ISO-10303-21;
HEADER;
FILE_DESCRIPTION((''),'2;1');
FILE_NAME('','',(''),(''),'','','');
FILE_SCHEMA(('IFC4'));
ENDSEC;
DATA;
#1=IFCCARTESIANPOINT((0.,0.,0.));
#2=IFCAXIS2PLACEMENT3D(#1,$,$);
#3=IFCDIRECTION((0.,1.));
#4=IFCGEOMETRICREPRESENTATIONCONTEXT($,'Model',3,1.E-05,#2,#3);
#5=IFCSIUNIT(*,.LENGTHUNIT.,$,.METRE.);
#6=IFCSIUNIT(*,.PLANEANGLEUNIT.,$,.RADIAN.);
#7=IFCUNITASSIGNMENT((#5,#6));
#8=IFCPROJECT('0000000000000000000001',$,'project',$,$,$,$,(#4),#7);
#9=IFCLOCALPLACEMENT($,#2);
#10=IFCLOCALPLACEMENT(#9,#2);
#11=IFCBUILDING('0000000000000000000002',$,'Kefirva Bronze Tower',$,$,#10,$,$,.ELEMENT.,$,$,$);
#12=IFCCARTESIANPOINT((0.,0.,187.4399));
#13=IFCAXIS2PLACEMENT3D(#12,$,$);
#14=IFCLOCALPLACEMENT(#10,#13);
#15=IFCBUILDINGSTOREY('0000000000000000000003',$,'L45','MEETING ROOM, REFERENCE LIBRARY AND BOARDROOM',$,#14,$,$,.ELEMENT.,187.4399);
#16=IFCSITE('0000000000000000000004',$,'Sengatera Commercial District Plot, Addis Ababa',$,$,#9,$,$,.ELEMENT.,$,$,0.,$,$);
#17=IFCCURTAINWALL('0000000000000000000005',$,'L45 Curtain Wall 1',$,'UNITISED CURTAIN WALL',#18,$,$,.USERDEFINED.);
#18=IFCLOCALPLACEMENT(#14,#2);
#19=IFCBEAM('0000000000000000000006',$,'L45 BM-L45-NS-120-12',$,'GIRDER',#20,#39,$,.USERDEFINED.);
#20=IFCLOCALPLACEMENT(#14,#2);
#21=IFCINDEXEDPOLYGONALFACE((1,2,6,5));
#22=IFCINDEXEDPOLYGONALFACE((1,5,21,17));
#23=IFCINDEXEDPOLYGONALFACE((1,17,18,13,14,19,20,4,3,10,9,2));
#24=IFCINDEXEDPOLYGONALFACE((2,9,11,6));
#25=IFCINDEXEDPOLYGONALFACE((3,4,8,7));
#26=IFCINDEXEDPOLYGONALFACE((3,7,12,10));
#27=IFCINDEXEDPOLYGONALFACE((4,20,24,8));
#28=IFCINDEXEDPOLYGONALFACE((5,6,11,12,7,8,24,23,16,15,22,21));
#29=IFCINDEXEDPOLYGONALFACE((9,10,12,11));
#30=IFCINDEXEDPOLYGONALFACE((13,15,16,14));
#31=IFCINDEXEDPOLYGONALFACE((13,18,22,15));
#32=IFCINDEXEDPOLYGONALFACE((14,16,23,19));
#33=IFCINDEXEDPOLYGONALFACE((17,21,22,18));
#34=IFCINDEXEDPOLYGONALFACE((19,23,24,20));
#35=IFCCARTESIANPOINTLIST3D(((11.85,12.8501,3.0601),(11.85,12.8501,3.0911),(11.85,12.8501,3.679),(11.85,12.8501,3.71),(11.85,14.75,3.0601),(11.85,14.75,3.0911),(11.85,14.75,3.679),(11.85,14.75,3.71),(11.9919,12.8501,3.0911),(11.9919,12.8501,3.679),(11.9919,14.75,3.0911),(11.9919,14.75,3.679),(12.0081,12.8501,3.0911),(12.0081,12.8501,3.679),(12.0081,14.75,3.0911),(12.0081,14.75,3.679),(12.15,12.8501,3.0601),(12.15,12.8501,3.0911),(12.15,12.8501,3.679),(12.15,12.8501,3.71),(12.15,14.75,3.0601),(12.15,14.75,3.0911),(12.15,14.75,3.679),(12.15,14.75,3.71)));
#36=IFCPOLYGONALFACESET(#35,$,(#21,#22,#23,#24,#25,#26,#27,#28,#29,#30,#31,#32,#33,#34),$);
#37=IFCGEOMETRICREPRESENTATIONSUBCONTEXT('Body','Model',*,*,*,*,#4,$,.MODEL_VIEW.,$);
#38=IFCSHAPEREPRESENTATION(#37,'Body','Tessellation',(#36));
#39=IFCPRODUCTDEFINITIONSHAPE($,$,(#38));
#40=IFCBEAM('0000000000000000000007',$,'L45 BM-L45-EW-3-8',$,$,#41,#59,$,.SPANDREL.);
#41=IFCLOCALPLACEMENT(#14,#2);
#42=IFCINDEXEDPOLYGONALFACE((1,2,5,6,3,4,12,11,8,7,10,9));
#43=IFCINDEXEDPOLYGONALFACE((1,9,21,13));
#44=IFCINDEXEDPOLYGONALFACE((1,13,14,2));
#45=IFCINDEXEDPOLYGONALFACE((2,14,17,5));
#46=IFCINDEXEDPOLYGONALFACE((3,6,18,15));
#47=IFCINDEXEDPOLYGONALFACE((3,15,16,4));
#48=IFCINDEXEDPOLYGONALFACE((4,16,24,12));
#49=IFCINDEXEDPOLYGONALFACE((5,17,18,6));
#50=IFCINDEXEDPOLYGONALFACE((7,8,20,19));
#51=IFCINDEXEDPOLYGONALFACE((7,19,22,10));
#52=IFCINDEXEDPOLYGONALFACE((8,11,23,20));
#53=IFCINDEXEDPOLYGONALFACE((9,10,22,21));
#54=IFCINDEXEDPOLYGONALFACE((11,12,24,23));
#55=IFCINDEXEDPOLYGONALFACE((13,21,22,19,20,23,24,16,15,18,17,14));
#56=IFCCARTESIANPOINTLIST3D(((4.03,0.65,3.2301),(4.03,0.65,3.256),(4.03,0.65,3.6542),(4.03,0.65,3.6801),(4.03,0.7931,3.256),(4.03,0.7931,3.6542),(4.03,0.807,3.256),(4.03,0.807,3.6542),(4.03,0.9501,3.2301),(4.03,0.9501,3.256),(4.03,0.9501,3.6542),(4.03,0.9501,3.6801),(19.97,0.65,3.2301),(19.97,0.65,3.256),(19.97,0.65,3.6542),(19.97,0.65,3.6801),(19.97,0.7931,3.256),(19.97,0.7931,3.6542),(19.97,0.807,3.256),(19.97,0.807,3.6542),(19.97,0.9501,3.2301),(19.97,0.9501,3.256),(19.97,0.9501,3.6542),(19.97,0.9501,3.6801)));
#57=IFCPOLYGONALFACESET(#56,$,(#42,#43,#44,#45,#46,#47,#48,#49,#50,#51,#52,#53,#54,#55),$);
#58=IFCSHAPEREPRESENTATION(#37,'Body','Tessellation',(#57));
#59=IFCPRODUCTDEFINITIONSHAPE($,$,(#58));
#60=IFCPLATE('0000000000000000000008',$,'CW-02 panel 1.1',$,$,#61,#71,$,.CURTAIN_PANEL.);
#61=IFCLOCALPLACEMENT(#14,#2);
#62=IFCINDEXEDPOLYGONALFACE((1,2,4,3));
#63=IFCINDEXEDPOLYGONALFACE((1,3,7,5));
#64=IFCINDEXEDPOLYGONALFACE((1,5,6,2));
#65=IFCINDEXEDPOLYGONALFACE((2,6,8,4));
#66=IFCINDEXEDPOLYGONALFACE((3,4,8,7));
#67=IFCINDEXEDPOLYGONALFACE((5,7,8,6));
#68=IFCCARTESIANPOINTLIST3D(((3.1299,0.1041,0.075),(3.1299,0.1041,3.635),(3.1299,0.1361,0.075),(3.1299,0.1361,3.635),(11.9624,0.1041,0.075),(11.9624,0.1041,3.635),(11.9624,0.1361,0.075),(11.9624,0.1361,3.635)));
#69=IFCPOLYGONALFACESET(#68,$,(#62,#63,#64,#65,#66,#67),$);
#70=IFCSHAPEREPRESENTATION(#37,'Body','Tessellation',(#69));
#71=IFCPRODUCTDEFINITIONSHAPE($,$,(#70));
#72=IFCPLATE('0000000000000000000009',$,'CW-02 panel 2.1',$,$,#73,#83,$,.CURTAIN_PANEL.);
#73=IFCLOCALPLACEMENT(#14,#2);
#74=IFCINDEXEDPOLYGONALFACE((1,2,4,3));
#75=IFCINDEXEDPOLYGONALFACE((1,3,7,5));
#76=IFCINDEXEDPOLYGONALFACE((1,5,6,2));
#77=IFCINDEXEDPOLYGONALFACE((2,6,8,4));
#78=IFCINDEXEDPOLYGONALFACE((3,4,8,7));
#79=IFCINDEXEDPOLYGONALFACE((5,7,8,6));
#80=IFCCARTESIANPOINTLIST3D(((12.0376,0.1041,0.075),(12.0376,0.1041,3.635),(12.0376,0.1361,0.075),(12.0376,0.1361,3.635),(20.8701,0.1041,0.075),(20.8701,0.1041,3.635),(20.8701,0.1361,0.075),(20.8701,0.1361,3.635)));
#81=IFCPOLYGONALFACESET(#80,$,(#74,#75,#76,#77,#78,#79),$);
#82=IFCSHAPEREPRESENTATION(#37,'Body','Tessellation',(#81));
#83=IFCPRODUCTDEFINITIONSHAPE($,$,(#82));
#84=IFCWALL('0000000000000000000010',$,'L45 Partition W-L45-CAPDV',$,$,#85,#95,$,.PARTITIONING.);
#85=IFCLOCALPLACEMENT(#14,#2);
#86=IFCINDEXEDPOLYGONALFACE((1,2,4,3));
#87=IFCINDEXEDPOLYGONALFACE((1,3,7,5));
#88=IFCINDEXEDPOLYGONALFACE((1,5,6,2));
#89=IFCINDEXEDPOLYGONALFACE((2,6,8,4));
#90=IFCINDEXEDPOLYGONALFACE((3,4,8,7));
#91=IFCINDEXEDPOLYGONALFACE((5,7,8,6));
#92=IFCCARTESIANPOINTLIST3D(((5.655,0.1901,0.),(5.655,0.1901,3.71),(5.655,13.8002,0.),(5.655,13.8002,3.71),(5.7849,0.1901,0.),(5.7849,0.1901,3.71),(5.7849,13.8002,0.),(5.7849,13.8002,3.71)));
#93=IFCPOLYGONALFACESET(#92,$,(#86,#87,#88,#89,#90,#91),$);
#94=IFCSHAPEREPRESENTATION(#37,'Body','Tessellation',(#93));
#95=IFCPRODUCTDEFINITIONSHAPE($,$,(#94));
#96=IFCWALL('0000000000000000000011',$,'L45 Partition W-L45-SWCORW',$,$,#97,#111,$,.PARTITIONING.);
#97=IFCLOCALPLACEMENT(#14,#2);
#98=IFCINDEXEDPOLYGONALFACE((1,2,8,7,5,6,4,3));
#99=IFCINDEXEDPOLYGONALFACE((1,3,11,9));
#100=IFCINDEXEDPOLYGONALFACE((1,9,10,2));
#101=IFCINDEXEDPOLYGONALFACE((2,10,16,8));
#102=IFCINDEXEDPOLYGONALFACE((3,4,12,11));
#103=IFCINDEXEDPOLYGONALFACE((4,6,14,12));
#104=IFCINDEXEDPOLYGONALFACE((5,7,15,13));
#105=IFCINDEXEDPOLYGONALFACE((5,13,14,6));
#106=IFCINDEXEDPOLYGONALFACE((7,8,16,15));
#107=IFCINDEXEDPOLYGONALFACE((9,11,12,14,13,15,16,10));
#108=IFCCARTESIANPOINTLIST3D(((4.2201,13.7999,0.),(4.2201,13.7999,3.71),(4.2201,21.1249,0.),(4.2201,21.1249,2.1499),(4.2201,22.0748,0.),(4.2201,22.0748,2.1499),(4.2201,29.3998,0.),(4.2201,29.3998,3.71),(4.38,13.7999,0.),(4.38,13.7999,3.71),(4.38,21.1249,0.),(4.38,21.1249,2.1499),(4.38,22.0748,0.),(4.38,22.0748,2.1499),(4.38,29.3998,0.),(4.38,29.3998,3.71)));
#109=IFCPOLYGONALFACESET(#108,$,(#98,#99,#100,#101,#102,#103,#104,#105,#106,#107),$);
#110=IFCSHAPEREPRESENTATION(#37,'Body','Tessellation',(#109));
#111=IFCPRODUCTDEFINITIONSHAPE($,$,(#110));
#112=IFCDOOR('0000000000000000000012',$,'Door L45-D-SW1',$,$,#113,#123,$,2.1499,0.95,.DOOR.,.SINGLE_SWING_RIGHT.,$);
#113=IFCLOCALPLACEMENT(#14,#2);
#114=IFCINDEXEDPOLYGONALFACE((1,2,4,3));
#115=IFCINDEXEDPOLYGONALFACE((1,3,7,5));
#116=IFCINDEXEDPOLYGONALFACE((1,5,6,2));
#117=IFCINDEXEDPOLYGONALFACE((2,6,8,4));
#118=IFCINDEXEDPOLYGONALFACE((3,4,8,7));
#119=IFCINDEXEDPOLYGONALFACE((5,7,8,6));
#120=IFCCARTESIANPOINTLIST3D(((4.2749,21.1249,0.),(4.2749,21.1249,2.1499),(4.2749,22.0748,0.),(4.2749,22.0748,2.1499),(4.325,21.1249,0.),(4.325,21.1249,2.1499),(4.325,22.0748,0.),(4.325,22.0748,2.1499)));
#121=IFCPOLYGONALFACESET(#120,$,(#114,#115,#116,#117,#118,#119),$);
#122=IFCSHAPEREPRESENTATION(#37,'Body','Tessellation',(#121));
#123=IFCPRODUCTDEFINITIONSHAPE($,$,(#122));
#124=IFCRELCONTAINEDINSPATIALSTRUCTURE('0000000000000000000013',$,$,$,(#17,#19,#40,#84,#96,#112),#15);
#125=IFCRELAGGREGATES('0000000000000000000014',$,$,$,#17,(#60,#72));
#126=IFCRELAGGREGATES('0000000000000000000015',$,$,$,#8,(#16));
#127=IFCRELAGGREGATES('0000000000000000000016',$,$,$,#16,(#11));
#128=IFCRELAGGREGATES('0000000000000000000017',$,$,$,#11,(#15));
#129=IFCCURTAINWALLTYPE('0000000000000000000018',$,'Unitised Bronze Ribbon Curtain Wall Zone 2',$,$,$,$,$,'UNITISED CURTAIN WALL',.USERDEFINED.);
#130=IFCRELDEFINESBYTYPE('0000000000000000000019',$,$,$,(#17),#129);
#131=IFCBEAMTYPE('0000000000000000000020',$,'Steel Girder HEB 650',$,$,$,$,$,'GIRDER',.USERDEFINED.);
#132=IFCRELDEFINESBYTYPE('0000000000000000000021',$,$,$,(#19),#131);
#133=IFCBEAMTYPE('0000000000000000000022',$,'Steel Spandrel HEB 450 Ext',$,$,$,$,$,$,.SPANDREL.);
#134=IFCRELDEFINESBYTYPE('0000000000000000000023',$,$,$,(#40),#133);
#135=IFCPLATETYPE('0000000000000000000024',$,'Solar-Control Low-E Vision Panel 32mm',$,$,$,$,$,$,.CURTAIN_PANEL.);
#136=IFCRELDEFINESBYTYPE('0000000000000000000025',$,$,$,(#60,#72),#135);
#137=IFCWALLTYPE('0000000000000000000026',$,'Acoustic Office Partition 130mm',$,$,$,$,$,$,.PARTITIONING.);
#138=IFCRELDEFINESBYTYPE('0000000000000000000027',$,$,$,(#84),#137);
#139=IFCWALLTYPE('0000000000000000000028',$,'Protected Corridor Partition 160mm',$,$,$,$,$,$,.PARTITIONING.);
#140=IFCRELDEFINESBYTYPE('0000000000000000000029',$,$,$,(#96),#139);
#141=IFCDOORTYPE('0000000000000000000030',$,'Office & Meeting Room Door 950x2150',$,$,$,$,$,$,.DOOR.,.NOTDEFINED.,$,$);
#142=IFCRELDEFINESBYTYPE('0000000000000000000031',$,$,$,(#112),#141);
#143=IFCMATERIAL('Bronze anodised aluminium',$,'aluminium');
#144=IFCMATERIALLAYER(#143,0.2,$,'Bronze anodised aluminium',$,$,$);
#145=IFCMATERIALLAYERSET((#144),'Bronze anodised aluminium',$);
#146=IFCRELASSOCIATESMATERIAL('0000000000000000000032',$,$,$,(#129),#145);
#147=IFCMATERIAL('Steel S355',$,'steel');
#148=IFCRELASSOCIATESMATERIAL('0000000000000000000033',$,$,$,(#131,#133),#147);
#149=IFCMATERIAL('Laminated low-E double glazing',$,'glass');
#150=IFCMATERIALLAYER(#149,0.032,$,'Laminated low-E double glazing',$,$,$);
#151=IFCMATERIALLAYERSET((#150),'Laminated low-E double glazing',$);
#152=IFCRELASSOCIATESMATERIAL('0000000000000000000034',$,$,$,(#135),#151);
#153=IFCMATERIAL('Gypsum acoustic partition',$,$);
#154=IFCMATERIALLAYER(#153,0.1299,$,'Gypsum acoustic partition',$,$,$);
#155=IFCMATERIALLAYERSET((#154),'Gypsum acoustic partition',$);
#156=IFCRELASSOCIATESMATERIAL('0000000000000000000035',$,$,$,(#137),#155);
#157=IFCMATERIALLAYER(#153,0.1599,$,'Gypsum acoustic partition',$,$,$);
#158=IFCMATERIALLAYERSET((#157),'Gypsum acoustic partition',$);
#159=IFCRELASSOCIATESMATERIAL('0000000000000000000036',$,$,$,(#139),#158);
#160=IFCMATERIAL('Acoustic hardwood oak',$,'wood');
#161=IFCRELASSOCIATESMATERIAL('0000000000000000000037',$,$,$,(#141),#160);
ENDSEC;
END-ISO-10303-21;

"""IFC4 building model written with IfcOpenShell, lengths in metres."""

from ifc_helpers import new_model, si_unit, direction, frame, frame_2d, origin, origin_2d, place, context, subcontext, project, spatial, rectangle, i_section, extrude, material, layer, layer_set, material_profile, profile_set, type_object, element, fill, aggregate, save


model = new_model("IFC4")

# Units and contexts
model_context = context("Model", 3, precision=1e-05, world=origin(), true_north=direction((0.0, 1.0)))
body_context = subcontext(model_context, "Body", "Model", "MODEL_VIEW")
ifc_project = project(units=[si_unit("LENGTHUNIT", "METRE"), si_unit("PLANEANGLEUNIT", "RADIAN")], contexts=[model_context])

# Site, building, storey
site_placement = place(None, origin())
site = spatial("IfcSite", under=ifc_project, at=site_placement, Name="Sengatera Commercial District Plot, Addis Ababa", CompositionType="ELEMENT", RefElevation=0.0)
building_placement = place(site_placement, origin())
building = spatial("IfcBuilding", under=site, at=building_placement, Name="Kefirva Bronze Tower", CompositionType="ELEMENT")
storey_placement = place(building_placement, frame((0.0, 0.0, 187.4399)))
storey = spatial("IfcBuildingStorey", under=building, at=storey_placement, Name="L45", Description="MEETING ROOM, REFERENCE LIBRARY AND BOARDROOM", CompositionType="ELEMENT", Elevation=187.4399)

# Curtain wall
ifc_material_1 = material(Name="Bronze anodised aluminium", Category="aluminium")
ifc_layer_1 = layer(ifc_material_1, 0.2, Name="Bronze anodised aluminium")
ifc_layer_set_1 = layer_set([ifc_layer_1], Name="Bronze anodised aluminium")
curtain_wall_type = type_object("IfcCurtainWallType", Name="Unitised Bronze Ribbon Curtain Wall Zone 2", ElementType="UNITISED CURTAIN WALL", PredefinedType="USERDEFINED", material=ifc_layer_set_1)
curtain_wall_placement = place(storey_placement, origin())
curtain_wall = element("IfcCurtainWall", 1, at=curtain_wall_placement, inside=storey, type_object=curtain_wall_type, Name="L45 Curtain Wall 1", ObjectType="UNITISED CURTAIN WALL", PredefinedType="USERDEFINED")

# Beams
ifc_material_2 = material(Name="Steel S355", Category="steel")
ifc_material_profile_1 = material_profile(ifc_material_2, i_section(OverallWidth=0.3, OverallDepth=0.6499, WebThickness=0.0161, FlangeThickness=0.031, at=origin_2d()), Name="HEB 650")
ifc_profile_set_1 = profile_set([ifc_material_profile_1], Name="Steel S355")
beam_type_1 = type_object("IfcBeamType", Name="Steel Girder HEB 650", ElementType="GIRDER", PredefinedType="USERDEFINED", material=ifc_profile_set_1)
beam_1_placement = place(storey_placement, frame((12.0, 12.8501, 3.385), z_axis=(0.0, 1.0, 0.0), x_axis=(-1.0, 0.0, 0.0)))
element("IfcBeam", 2, at=beam_1_placement, inside=storey, type_object=beam_type_1, Name="L45 BM-L45-NS-120-12", ObjectType="GIRDER", PredefinedType="USERDEFINED", context=body_context, shape_type="SweptSolid", body=[
    extrude(i_section(OverallWidth=0.3, OverallDepth=0.6499, WebThickness=0.0161, FlangeThickness=0.031, at=origin_2d()), origin(), (0.0, 0.0, 1.0), 1.8999),
])
ifc_material_profile_2 = material_profile(ifc_material_2, i_section(OverallWidth=0.3, OverallDepth=0.45, WebThickness=0.0139, FlangeThickness=0.0259, at=origin_2d()), Name="HEB 450")
ifc_profile_set_2 = profile_set([ifc_material_profile_2], Name="Steel S355")
beam_type_2 = type_object("IfcBeamType", Name="Steel Spandrel HEB 450 Ext", PredefinedType="SPANDREL", material=ifc_profile_set_2)
beam_2_placement = place(storey_placement, frame((4.03, 0.8, 3.4551), z_axis=(1.0, 0.0, 0.0), x_axis=(0.0, 1.0, 0.0)))
element("IfcBeam", 3, at=beam_2_placement, inside=storey, type_object=beam_type_2, Name="L45 BM-L45-EW-3-8", PredefinedType="SPANDREL", context=body_context, shape_type="SweptSolid", body=[
    extrude(i_section(OverallWidth=0.3, OverallDepth=0.45, WebThickness=0.0139, FlangeThickness=0.0259, at=origin_2d()), origin(), (0.0, 0.0, 1.0), 15.9399),
])

# Plates
ifc_material_3 = material(Name="Laminated low-E double glazing", Category="glass")
ifc_layer_2 = layer(ifc_material_3, 0.032, Name="Laminated low-E double glazing")
ifc_layer_set_2 = layer_set([ifc_layer_2], Name="Laminated low-E double glazing")
plate_type = type_object("IfcPlateType", Name="Solar-Control Low-E Vision Panel 32mm", PredefinedType="CURTAIN_PANEL", material=ifc_layer_set_2)
plate_1_placement = place(storey_placement, frame((7.5461, 0.1201, 0.075), z_axis=(0.0, 0.0, 1.0), x_axis=(1.0, 0.0, 0.0)))
plate_1 = element("IfcPlate", 4, at=plate_1_placement, type_object=plate_type, Name="CW-02 panel 1.1", PredefinedType="CURTAIN_PANEL", context=body_context, shape_type="SweptSolid", body=[
    extrude(rectangle(XDim=8.8325, YDim=0.032, at=origin_2d()), origin(), (0.0, 0.0, 1.0), 3.5601),
])
plate_2_placement = place(storey_placement, frame((16.4539, 0.1201, 0.075), z_axis=(0.0, 0.0, 1.0), x_axis=(1.0, 0.0, 0.0)))
plate_2 = element("IfcPlate", 5, at=plate_2_placement, type_object=plate_type, Name="CW-02 panel 2.1", PredefinedType="CURTAIN_PANEL", context=body_context, shape_type="SweptSolid", body=[
    extrude(rectangle(XDim=8.8325, YDim=0.032, at=origin_2d()), origin(), (0.0, 0.0, 1.0), 3.5601),
])
aggregate(curtain_wall, [plate_1, plate_2])

# Wall
ifc_material_4 = material(Name="Gypsum acoustic partition")
ifc_layer_3 = layer(ifc_material_4, 0.1299, Name="Gypsum acoustic partition")
ifc_layer_set_3 = layer_set([ifc_layer_3], Name="Gypsum acoustic partition")
wall_type_1 = type_object("IfcWallType", Name="Acoustic Office Partition 130mm", PredefinedType="PARTITIONING", material=ifc_layer_set_3)
wall_1_placement = place(storey_placement, frame((5.72, 0.1899, 0.0), z_axis=(0.0, 0.0, 1.0), x_axis=(0.0, 1.0, 0.0)))
element("IfcWall", 6, at=wall_1_placement, inside=storey, type_object=wall_type_1, Name="L45 Partition W-L45-CAPDV", PredefinedType="PARTITIONING", context=body_context, shape_type="SweptSolid", body=[
    extrude(rectangle(XDim=13.6101, YDim=0.1299, at=frame_2d((6.8052, 0.0))), origin(), (0.0, 0.0, 1.0), 3.71),
])

# Wall, opening, door
ifc_layer_4 = layer(ifc_material_4, 0.1599, Name="Gypsum acoustic partition")
ifc_layer_set_4 = layer_set([ifc_layer_4], Name="Gypsum acoustic partition")
wall_type_2 = type_object("IfcWallType", Name="Protected Corridor Partition 160mm", PredefinedType="PARTITIONING", material=ifc_layer_set_4)
wall_2_placement = place(storey_placement, frame((4.3, 13.8, 0.0), z_axis=(0.0, 0.0, 1.0), x_axis=(0.0, 1.0, 0.0)))
wall_2 = element("IfcWall", 7, at=wall_2_placement, inside=storey, type_object=wall_type_2, Name="L45 Partition W-L45-SWCORW", PredefinedType="PARTITIONING", context=body_context, shape_type="SweptSolid", body=[
    extrude(rectangle(XDim=15.5999, YDim=0.1599, at=frame_2d((7.7998, 0.0))), origin(), (0.0, 0.0, 1.0), 3.71),
])
opening_1_placement = place(wall_2_placement, frame((8.2749, 0.0, 0.0), z_axis=(0.0, 0.0, 1.0), x_axis=(-1.0, 0.0, 0.0)))
opening_1 = element("IfcOpeningElement", 8, at=opening_1_placement, cuts=wall_2, PredefinedType="OPENING", context=body_context, shape_type="SweptSolid", body=[
    extrude(rectangle(XDim=0.95, YDim=2.1499, at=frame_2d((0.4751, 1.075))), frame((0.0, 0.0898, 0.0), z_axis=(0.0, -1.0, 0.0), x_axis=(1.0, 0.0, 0.0)), (0.0, 0.0, 1.0), 0.1799),
])
ifc_material_5 = material(Name="Acoustic hardwood oak", Category="wood")
door_type = type_object("IfcDoorType", Name="Office & Meeting Room Door 950x2150", OperationType="NOTDEFINED", PredefinedType="DOOR", material=ifc_material_5)
door_1_placement = place(opening_1_placement, origin())
door_1 = element("IfcDoor", 9, at=door_1_placement, inside=storey, type_object=door_type, Name="Door L45-D-SW1", OperationType="SINGLE_SWING_RIGHT", OverallHeight=2.1499, OverallWidth=0.95, PredefinedType="DOOR", context=body_context, shape_type="SweptSolid", body=[
    extrude(rectangle(XDim=0.95, YDim=2.1499, at=frame_2d((0.4751, 1.075))), frame((0.0, 0.0249, 0.0), z_axis=(0.0, -1.0, 0.0), x_axis=(1.0, 0.0, 0.0)), (0.0, 0.0, 1.0), 0.05),
])
fill(opening_1, door_1)

save(model, "model.ifc")
